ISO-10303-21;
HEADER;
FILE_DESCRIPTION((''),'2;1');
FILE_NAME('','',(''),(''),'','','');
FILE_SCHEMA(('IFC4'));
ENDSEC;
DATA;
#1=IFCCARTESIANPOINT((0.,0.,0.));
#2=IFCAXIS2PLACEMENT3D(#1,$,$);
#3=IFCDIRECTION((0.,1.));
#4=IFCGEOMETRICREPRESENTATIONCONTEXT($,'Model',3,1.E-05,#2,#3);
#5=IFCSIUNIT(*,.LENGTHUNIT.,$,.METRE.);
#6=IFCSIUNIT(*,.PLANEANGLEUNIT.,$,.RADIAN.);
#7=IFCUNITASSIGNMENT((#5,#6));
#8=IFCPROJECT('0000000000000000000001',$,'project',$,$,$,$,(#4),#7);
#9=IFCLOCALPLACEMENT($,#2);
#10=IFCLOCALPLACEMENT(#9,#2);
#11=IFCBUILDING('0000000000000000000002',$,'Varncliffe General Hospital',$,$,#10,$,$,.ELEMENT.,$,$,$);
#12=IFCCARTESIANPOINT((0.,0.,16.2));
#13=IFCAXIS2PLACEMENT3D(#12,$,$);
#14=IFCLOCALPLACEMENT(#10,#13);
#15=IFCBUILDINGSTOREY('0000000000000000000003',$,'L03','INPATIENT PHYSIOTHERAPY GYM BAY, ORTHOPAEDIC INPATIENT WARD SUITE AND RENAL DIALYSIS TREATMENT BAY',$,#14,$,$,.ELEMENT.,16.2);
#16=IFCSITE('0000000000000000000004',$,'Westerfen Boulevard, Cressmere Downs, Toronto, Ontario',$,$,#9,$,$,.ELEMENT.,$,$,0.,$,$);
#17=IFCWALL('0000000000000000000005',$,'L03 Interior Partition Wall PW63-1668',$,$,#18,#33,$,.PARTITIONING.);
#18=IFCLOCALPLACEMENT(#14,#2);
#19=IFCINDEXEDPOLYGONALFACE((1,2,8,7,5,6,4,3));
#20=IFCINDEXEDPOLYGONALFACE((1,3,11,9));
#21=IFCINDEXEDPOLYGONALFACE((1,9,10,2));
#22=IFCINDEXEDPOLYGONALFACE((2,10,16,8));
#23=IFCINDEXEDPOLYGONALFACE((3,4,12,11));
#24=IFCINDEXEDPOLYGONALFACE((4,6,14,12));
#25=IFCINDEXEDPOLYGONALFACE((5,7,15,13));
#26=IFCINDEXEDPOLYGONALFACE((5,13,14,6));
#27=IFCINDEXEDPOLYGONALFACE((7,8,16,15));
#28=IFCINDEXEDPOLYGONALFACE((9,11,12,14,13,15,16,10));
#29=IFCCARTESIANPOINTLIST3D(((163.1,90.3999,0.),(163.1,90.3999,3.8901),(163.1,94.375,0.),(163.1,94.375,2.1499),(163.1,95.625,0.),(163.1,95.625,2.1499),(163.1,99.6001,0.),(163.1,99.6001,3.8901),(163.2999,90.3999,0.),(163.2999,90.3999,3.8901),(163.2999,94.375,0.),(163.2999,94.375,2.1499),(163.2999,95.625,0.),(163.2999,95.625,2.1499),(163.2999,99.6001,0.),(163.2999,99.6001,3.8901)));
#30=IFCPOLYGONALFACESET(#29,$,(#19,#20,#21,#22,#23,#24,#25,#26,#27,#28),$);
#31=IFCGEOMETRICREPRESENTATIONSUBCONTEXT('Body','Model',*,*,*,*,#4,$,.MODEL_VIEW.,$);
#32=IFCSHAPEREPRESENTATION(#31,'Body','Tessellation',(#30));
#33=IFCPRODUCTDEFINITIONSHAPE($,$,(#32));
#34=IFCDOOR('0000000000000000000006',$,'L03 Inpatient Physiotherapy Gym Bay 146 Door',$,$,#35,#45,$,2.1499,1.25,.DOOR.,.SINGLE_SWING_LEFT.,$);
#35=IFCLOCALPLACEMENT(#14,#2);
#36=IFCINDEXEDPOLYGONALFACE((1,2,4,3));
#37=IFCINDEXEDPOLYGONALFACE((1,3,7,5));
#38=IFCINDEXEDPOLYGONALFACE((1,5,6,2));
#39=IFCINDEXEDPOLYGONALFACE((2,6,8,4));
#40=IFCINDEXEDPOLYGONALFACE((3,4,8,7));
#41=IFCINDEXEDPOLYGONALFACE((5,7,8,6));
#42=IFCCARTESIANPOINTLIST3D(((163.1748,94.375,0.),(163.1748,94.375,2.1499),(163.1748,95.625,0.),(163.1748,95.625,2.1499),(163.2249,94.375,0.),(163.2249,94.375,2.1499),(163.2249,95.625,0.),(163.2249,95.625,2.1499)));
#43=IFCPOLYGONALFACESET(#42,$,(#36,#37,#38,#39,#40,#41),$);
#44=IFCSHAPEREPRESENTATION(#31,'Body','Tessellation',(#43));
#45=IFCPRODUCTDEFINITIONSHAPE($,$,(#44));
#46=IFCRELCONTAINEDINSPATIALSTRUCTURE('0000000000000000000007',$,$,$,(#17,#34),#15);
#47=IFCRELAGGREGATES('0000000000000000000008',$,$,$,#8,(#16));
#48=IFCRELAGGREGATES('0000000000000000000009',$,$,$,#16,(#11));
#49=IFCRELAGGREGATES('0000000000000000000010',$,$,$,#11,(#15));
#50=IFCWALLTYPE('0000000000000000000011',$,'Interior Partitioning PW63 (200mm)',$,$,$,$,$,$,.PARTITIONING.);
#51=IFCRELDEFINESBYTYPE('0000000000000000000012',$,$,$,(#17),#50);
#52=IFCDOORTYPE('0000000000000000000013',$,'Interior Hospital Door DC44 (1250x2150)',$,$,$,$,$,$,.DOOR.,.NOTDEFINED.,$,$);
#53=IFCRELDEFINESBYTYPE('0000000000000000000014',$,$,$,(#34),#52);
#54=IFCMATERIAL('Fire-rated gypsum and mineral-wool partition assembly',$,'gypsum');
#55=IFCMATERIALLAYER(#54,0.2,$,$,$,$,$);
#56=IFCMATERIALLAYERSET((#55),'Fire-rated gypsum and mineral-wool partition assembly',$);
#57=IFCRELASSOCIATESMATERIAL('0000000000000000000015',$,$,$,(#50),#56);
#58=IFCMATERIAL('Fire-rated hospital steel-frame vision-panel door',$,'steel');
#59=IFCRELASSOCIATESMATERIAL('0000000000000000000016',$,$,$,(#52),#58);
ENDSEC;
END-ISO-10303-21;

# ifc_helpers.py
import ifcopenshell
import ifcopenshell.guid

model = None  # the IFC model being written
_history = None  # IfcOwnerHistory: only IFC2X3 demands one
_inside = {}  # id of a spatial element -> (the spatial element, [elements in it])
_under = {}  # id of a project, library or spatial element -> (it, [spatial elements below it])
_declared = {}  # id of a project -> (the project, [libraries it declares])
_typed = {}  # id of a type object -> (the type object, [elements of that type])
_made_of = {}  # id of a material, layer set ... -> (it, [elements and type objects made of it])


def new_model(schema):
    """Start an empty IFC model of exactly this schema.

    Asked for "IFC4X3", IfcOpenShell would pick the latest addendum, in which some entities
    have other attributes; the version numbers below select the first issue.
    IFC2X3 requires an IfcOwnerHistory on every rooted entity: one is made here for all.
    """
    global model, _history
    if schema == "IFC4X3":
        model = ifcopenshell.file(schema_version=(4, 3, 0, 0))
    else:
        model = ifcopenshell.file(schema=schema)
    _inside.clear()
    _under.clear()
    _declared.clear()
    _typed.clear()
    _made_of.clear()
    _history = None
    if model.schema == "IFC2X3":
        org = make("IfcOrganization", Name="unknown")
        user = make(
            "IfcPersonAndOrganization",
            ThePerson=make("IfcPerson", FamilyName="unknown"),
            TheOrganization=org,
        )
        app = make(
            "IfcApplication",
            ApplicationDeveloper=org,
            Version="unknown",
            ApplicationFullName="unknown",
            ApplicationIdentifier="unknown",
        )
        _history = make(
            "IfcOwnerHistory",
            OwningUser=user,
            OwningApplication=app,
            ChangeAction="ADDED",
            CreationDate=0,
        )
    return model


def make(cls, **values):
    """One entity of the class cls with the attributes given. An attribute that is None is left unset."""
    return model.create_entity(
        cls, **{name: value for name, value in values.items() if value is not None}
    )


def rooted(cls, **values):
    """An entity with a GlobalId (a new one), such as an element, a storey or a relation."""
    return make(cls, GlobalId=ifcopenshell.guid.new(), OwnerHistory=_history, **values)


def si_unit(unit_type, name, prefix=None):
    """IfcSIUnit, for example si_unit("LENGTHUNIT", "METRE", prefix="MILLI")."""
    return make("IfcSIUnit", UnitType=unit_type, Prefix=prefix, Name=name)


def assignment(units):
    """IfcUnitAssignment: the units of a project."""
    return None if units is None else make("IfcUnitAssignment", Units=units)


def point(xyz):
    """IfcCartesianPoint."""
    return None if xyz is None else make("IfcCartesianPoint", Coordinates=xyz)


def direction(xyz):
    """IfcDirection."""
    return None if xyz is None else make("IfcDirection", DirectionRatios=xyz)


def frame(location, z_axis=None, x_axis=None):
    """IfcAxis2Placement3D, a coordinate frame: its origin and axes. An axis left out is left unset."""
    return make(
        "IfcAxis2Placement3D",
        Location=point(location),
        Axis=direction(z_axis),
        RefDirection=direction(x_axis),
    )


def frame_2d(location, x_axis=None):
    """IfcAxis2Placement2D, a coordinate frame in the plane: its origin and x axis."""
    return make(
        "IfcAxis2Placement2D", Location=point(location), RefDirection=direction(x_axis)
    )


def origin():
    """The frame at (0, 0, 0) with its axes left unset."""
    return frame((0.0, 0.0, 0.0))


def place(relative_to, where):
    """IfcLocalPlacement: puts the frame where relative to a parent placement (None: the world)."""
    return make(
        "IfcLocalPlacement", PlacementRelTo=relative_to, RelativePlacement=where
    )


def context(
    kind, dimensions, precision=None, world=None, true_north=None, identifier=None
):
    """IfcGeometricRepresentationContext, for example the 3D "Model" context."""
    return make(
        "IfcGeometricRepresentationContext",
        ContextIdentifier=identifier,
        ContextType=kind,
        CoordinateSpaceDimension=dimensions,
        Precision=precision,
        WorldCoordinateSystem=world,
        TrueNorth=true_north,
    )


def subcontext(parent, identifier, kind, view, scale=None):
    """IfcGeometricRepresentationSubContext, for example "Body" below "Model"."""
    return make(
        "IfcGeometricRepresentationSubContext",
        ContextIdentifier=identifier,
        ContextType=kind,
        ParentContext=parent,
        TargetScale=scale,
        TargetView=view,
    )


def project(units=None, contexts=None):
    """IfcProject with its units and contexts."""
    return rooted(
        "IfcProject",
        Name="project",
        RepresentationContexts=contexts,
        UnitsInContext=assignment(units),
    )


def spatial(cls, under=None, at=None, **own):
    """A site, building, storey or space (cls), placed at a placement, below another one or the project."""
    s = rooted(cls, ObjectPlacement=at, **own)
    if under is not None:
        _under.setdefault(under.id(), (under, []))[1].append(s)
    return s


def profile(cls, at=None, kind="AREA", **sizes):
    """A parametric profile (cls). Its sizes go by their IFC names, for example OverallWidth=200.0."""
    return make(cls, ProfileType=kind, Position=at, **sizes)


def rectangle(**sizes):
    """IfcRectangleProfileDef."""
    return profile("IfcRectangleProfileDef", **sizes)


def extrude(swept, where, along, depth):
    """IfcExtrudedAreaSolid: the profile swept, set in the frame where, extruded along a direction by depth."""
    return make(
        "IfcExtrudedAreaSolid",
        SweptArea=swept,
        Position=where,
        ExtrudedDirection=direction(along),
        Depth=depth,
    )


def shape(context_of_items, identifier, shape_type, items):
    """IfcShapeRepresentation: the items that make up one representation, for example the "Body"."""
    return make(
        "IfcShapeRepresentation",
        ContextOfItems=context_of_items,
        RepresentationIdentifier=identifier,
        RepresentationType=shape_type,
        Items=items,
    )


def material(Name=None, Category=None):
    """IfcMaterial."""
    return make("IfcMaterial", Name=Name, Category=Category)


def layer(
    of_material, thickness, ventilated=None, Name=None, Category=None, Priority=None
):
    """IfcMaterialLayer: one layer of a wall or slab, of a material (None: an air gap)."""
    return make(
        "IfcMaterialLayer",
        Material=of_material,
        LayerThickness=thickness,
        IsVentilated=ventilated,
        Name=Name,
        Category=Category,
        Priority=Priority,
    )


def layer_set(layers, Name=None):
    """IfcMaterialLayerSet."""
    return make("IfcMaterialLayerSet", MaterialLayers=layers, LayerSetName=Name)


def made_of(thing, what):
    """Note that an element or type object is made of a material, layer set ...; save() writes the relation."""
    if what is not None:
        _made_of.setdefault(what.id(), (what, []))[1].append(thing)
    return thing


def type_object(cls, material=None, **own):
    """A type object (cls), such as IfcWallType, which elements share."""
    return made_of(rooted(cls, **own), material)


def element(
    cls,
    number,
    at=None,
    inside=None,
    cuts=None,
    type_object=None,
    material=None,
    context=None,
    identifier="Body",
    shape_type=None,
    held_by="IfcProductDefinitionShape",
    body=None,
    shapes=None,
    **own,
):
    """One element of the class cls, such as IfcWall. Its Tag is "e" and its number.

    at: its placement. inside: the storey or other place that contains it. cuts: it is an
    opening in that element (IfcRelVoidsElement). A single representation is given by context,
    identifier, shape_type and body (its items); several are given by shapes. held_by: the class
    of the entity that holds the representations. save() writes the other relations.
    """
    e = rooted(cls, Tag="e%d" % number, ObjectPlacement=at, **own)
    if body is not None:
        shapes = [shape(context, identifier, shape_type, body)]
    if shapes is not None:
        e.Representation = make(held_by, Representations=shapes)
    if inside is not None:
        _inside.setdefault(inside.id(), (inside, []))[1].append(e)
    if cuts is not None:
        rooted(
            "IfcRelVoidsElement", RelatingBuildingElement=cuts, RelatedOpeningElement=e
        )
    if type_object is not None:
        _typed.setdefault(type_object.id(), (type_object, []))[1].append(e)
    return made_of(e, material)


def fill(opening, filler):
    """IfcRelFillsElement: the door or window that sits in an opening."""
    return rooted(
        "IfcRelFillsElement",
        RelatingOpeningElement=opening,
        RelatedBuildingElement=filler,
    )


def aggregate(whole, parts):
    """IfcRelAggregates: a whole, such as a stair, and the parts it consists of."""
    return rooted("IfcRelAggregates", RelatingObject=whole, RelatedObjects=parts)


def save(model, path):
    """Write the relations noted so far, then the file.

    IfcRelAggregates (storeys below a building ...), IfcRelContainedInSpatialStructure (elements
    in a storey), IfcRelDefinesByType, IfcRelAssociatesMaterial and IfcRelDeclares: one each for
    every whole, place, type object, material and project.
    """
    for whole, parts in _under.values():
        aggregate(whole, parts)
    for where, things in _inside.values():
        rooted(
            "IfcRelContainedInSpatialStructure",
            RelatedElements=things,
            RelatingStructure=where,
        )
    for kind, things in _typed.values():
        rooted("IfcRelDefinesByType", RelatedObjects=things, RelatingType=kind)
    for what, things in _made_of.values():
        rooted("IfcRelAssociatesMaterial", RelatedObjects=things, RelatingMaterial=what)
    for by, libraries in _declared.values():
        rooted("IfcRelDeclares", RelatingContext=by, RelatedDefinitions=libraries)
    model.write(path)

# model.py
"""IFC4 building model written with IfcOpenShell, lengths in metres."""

from ifc_helpers import new_model, si_unit, direction, frame, frame_2d, origin, place, context, subcontext, project, spatial, rectangle, extrude, material, layer, layer_set, type_object, element, fill, save


model = new_model("IFC4")

# Units and contexts
model_context = context("Model", 3, precision=1e-05, world=origin(), true_north=direction((0.0, 1.0)))
body_context = subcontext(model_context, "Body", "Model", "MODEL_VIEW")
ifc_project = project(units=[si_unit("LENGTHUNIT", "METRE"), si_unit("PLANEANGLEUNIT", "RADIAN")], contexts=[model_context])

# Site, building, storey
site_placement = place(None, origin())
site = spatial("IfcSite", under=ifc_project, at=site_placement, Name="Westerfen Boulevard, Cressmere Downs, Toronto, Ontario", CompositionType="ELEMENT", RefElevation=0.0)
building_placement = place(site_placement, origin())
building = spatial("IfcBuilding", under=site, at=building_placement, Name="Varncliffe General Hospital", CompositionType="ELEMENT")
storey_placement = place(building_placement, frame((0.0, 0.0, 16.2)))
storey = spatial("IfcBuildingStorey", under=building, at=storey_placement, Name="L03", Description="INPATIENT PHYSIOTHERAPY GYM BAY, ORTHOPAEDIC INPATIENT WARD SUITE AND RENAL DIALYSIS TREATMENT BAY", CompositionType="ELEMENT", Elevation=16.2)

# Wall, opening, door
ifc_material_1 = material(Name="Fire-rated gypsum and mineral-wool partition assembly", Category="gypsum")
ifc_layer_1 = layer(ifc_material_1, 0.2)
ifc_layer_set_1 = layer_set([ifc_layer_1], Name="Fire-rated gypsum and mineral-wool partition assembly")
wall_type_1 = type_object("IfcWallType", Name="Interior Partitioning PW63 (200mm)", PredefinedType="PARTITIONING", material=ifc_layer_set_1)
ifc_material_2 = material(Name="Fire-rated hospital steel-frame vision-panel door", Category="steel")
wall_1_placement = place(storey_placement, frame((163.2, 90.3999, 0.0), z_axis=(0.0, 0.0, 1.0), x_axis=(0.0, 1.0, 0.0)))
wall_1 = element("IfcWall", 1, at=wall_1_placement, inside=storey, type_object=wall_type_1, Name="L03 Interior Partition Wall PW63-1668", PredefinedType="PARTITIONING", context=body_context, shape_type="SweptSolid", body=[
    extrude(rectangle(XDim=9.2002, YDim=0.2, at=frame_2d((4.6001, 0.0))), origin(), (0.0, 0.0, 1.0), 3.8901),
])
opening_1_placement = place(wall_1_placement, frame((3.9751, 0.0, 0.0)))
opening_1 = element("IfcOpeningElement", 2, at=opening_1_placement, cuts=wall_1, PredefinedType="OPENING", context=body_context, shape_type="SweptSolid", body=[
    extrude(rectangle(XDim=1.25, YDim=2.1499, at=frame_2d((0.625, 1.075))), frame((0.0, 0.1099, 0.0), z_axis=(0.0, -1.0, 0.0), x_axis=(1.0, 0.0, 0.0)), (0.0, 0.0, 1.0), 0.22),
])
door_type_1 = type_object("IfcDoorType", Name="Interior Hospital Door DC44 (1250x2150)", OperationType="NOTDEFINED", PredefinedType="DOOR", material=ifc_material_2)
door_1_placement = place(opening_1_placement, frame((1.25, 0.0, 0.0), z_axis=(0.0, 0.0, 1.0), x_axis=(-1.0, 0.0, 0.0)))
door_1 = element("IfcDoor", 3, at=door_1_placement, inside=storey, type_object=door_type_1, Name="L03 Inpatient Physiotherapy Gym Bay 146 Door", OperationType="SINGLE_SWING_LEFT", OverallHeight=2.1499, OverallWidth=1.25, PredefinedType="DOOR", context=body_context, shape_type="SweptSolid", body=[
    extrude(rectangle(XDim=1.25, YDim=2.1499, at=frame_2d((0.625, 1.075))), frame((0.0, 0.0249, 0.0), z_axis=(0.0, -1.0, 0.0), x_axis=(1.0, 0.0, 0.0)), (0.0, 0.0, 1.0), 0.05),
])
fill(opening_1, door_1)

save(model, "model.ifc")
